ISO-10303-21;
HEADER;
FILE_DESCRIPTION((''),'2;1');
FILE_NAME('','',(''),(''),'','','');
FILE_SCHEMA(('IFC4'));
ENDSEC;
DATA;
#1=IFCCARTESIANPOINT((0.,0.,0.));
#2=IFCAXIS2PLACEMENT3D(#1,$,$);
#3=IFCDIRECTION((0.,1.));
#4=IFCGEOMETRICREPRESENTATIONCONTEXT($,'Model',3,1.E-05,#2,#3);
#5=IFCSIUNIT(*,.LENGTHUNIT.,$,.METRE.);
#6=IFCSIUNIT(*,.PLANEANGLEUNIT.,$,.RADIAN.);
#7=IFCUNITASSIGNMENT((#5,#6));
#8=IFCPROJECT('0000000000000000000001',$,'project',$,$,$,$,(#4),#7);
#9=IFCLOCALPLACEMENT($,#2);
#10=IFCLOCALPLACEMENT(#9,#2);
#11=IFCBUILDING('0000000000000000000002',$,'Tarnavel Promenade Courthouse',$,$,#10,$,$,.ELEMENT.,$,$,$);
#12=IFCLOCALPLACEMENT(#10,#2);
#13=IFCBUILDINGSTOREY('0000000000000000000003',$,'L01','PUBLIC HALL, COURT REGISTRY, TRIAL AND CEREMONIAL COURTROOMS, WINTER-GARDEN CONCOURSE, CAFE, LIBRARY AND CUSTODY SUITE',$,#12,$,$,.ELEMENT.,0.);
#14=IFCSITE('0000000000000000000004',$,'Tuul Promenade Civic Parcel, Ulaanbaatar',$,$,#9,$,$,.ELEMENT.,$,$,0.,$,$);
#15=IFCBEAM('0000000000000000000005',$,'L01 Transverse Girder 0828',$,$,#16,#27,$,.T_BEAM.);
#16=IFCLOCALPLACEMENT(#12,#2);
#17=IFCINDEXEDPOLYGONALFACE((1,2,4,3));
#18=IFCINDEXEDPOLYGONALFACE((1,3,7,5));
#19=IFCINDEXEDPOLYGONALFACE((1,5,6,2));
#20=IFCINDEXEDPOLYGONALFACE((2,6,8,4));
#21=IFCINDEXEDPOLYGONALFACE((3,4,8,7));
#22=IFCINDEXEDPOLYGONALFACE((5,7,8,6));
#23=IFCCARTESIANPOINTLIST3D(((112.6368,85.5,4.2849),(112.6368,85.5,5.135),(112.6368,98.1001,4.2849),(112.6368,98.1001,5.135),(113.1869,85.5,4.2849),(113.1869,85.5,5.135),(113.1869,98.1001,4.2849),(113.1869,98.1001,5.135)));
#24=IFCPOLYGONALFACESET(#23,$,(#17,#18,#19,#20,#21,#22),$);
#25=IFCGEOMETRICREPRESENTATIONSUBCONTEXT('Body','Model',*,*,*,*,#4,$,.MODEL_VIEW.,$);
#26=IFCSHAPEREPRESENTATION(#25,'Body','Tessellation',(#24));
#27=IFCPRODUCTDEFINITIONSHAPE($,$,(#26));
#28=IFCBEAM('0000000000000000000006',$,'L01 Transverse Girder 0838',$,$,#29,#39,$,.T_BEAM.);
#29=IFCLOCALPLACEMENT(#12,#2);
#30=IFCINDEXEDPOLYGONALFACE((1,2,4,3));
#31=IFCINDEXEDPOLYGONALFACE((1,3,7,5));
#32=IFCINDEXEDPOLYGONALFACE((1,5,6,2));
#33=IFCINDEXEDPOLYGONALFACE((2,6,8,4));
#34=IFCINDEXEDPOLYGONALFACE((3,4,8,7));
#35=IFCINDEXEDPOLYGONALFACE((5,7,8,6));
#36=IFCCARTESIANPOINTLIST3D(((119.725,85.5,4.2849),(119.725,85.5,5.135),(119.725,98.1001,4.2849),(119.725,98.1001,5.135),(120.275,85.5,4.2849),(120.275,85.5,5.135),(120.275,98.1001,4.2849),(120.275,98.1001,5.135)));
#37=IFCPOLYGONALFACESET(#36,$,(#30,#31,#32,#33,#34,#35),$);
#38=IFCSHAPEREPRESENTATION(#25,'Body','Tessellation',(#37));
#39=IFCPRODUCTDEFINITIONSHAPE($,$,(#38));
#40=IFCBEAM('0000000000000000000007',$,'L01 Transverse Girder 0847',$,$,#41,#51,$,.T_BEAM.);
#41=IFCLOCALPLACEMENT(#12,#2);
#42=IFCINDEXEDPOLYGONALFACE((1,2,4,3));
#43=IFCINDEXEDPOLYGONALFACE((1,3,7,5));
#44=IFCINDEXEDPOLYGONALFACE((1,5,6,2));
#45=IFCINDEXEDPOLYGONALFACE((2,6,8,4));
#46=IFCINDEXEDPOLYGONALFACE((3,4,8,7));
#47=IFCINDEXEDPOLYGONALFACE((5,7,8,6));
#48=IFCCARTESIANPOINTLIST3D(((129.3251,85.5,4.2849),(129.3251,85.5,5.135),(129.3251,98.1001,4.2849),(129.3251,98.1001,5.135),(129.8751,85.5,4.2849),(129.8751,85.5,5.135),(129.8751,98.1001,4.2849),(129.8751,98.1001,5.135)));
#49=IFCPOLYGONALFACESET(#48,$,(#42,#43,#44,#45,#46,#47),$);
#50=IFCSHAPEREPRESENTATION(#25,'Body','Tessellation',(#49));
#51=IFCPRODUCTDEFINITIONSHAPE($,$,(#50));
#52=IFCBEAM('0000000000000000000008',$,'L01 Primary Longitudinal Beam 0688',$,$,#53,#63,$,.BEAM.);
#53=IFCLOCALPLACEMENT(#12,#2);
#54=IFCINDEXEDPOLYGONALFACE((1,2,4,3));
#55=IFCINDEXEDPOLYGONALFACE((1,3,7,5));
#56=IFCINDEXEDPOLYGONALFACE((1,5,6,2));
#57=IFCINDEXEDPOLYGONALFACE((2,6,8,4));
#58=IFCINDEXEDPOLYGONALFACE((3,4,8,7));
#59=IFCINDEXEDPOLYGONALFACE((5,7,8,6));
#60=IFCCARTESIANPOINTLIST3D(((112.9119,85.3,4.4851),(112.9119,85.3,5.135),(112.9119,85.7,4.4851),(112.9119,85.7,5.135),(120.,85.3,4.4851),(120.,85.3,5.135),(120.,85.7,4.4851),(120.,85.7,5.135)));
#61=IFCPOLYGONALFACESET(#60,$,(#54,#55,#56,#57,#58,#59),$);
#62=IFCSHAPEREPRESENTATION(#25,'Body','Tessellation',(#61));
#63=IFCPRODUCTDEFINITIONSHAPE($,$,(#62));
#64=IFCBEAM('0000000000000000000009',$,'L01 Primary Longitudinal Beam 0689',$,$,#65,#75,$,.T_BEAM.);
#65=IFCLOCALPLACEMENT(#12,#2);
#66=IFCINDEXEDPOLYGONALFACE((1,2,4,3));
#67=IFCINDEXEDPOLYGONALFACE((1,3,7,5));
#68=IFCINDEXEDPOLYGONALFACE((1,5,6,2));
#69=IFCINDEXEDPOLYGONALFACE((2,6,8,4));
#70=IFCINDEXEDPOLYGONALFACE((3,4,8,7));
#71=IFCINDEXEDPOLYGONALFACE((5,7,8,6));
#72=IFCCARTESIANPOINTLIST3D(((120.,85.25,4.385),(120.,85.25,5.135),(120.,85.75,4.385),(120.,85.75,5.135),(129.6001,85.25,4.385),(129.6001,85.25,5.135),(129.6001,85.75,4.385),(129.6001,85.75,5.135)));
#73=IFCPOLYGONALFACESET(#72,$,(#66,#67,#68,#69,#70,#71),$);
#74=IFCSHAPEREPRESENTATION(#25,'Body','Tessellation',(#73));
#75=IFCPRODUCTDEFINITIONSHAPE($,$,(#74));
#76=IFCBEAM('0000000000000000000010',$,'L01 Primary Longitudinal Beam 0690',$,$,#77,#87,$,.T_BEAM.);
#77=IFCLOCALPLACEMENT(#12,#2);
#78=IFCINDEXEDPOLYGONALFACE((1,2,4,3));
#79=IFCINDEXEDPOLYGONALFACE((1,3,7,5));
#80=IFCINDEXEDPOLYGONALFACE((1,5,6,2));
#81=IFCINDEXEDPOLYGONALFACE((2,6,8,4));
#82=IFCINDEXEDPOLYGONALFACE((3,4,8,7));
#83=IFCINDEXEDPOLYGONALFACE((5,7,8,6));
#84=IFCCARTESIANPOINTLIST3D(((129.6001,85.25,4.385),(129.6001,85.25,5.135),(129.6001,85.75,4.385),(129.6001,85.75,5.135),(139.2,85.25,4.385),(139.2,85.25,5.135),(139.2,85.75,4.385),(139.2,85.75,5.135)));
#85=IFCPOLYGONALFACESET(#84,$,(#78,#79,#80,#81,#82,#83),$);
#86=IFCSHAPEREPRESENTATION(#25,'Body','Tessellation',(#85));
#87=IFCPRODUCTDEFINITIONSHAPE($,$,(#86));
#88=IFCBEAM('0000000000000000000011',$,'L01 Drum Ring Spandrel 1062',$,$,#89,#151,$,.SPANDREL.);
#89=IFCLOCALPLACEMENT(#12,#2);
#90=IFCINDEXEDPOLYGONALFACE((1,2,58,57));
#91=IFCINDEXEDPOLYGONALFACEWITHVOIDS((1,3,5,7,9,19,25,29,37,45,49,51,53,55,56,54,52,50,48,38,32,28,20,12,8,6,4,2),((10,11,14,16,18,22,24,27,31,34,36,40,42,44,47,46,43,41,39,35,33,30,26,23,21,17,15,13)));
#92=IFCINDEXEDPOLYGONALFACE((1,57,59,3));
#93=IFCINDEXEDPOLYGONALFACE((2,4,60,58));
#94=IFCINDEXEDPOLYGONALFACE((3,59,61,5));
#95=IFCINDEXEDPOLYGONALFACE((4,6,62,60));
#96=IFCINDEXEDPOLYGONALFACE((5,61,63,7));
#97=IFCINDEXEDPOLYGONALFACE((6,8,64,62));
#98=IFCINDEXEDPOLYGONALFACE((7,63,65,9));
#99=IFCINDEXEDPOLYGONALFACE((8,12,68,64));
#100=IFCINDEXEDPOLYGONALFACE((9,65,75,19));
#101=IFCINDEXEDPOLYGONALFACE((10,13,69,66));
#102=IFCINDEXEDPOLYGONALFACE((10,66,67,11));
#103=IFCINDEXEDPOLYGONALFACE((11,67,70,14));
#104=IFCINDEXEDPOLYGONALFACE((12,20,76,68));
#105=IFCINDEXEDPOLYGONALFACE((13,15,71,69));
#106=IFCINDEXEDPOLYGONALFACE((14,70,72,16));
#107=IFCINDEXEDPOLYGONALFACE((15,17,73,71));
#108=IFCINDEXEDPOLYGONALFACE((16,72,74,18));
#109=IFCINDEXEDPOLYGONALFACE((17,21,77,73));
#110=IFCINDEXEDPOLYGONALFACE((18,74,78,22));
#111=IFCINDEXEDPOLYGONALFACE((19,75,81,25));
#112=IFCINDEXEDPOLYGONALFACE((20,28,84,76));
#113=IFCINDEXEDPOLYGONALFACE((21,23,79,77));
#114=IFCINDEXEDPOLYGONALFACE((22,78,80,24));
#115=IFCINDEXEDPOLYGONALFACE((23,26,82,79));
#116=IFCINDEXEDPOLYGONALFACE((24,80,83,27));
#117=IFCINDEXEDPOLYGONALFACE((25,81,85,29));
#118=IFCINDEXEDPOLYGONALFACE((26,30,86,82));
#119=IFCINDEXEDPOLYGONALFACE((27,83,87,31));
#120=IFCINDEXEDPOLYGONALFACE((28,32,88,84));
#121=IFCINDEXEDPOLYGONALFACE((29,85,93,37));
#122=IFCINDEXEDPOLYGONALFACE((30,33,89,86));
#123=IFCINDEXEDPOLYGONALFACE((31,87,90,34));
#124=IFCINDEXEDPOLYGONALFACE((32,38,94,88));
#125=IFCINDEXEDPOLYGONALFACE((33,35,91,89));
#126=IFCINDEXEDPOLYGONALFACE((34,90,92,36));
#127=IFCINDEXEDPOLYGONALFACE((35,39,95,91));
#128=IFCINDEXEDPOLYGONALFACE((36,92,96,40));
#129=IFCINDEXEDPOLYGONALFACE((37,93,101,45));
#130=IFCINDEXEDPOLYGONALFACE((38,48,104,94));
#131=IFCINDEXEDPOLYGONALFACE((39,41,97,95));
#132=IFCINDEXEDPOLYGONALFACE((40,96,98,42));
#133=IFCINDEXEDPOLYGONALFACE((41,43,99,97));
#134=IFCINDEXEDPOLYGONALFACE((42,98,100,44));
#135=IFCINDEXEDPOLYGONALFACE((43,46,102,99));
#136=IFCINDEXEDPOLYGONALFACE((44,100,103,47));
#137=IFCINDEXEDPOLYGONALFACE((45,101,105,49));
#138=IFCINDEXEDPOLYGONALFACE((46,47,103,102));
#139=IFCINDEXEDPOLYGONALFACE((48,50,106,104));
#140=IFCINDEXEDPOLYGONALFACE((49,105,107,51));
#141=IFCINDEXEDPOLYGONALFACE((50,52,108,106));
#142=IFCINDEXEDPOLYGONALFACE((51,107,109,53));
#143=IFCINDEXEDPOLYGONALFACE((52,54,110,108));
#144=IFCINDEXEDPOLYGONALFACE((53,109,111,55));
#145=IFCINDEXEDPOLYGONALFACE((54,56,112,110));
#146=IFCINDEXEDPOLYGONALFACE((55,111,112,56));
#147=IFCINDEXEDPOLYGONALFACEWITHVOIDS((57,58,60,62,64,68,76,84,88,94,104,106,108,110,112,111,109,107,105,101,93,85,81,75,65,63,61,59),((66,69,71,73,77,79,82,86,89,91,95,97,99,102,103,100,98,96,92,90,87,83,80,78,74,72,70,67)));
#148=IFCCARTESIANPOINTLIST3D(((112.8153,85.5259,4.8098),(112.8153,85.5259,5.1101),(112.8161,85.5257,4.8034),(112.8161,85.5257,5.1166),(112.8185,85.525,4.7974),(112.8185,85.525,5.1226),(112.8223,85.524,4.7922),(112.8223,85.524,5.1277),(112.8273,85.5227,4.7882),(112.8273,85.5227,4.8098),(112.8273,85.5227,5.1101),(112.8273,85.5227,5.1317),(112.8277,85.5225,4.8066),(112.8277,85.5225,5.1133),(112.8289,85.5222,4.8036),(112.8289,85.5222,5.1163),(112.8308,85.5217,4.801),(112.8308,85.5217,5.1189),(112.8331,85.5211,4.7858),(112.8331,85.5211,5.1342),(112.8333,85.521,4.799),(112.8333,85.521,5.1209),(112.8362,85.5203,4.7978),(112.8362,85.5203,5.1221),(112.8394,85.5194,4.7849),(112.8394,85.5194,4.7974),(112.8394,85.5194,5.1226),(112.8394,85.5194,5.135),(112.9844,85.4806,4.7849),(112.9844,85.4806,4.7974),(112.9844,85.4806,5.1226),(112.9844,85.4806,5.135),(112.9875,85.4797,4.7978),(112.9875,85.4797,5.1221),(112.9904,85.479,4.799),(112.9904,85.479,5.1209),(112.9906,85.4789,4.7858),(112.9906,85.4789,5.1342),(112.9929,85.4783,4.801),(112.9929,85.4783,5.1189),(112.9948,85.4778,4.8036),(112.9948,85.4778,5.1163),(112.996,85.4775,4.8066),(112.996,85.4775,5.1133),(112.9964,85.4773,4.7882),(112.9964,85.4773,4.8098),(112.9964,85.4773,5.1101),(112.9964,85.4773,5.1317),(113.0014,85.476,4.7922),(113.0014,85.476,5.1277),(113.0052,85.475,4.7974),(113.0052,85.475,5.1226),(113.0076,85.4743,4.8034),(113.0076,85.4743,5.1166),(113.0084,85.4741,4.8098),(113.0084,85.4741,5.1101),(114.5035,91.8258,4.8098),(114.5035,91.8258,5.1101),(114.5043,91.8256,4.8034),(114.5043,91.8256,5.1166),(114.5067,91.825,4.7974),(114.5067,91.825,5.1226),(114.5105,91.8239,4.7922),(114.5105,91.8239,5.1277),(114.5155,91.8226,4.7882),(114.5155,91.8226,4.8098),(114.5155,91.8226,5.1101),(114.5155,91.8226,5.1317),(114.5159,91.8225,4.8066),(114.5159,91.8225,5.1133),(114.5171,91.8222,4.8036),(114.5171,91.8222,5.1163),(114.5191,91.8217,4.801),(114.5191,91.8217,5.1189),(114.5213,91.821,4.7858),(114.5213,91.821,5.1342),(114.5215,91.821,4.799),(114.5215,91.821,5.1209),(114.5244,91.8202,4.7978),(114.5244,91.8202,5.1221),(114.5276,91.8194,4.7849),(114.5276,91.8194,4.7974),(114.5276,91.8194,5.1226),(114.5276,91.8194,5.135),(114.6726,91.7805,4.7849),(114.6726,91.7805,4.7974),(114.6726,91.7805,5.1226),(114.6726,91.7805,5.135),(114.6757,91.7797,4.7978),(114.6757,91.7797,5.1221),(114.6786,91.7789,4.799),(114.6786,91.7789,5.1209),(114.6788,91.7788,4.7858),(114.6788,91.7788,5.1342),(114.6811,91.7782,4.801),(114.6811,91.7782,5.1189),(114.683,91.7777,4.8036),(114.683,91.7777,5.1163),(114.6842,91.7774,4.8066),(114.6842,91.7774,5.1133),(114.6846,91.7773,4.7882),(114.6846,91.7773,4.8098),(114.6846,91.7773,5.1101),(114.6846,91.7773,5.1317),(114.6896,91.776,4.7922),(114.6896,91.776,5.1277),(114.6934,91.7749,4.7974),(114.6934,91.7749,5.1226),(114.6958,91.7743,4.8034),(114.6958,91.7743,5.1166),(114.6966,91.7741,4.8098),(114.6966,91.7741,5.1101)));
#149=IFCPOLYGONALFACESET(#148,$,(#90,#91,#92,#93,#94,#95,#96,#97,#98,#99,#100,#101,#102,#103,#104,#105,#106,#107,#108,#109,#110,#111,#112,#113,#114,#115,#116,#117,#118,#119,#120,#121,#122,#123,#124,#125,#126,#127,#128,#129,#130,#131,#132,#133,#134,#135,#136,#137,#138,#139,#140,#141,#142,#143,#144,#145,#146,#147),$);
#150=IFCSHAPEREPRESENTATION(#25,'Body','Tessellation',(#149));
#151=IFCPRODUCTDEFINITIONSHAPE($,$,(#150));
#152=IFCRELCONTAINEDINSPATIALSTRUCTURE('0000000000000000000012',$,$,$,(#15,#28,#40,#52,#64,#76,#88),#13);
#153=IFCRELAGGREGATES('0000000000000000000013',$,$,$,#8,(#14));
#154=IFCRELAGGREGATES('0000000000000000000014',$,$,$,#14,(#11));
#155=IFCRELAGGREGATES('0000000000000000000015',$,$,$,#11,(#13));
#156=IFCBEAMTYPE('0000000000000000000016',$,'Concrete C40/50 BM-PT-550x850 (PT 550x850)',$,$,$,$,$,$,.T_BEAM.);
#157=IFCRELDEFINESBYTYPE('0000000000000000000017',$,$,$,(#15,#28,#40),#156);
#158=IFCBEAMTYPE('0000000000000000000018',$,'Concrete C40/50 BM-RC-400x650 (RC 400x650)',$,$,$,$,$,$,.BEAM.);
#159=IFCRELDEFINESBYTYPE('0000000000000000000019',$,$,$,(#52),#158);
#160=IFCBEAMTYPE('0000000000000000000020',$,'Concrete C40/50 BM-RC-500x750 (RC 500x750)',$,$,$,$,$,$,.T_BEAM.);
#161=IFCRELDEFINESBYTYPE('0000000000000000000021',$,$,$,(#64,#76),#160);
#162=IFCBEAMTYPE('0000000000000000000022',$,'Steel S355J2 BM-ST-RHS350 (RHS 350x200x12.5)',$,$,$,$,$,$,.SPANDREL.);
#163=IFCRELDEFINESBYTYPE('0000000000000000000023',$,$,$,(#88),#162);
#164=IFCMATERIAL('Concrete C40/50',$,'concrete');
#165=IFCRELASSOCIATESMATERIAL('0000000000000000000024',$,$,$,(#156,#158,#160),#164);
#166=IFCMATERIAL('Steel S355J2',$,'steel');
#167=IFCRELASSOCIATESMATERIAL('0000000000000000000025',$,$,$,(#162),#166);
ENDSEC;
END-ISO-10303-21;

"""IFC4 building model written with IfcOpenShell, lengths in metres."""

from ifc_helpers import new_model, si_unit, direction, frame, origin, origin_2d, place, context, subcontext, project, spatial, rectangle, hollow_rectangle, extrude, material, material_profile, profile_set, type_object, element, save


model = new_model("IFC4")

# Units and contexts
model_context = context("Model", 3, precision=1e-05, world=origin(), true_north=direction((0.0, 1.0)))
body_context = subcontext(model_context, "Body", "Model", "MODEL_VIEW")
ifc_project = project(units=[si_unit("LENGTHUNIT", "METRE"), si_unit("PLANEANGLEUNIT", "RADIAN")], contexts=[model_context])

# Site, building, storey
site_placement = place(None, origin())
site = spatial("IfcSite", under=ifc_project, at=site_placement, Name="Tuul Promenade Civic Parcel, Ulaanbaatar", CompositionType="ELEMENT", RefElevation=0.0)
building_placement = place(site_placement, origin())
building = spatial("IfcBuilding", under=site, at=building_placement, Name="Tarnavel Promenade Courthouse", CompositionType="ELEMENT")
storey_placement = place(building_placement, origin())
storey = spatial("IfcBuildingStorey", under=building, at=storey_placement, Name="L01", Description="PUBLIC HALL, COURT REGISTRY, TRIAL AND CEREMONIAL COURTROOMS, WINTER-GARDEN CONCOURSE, CAFE, LIBRARY AND CUSTODY SUITE", CompositionType="ELEMENT", Elevation=0.0)

# Shared definitions
ifc_material_1 = material(Name="Concrete C40/50", Category="concrete")

# Beams
ifc_material_profile_1 = material_profile(ifc_material_1, rectangle(XDim=0.55, YDim=0.8501, at=origin_2d()), Name="PT 550x850")
ifc_profile_set_1 = profile_set([ifc_material_profile_1], Name="Concrete C40/50")
beam_type_1 = type_object("IfcBeamType", Name="Concrete C40/50 BM-PT-550x850 (PT 550x850)", PredefinedType="T_BEAM", material=ifc_profile_set_1)
for number, where, z_axis, x_axis, name in (
    (1, (112.9119, 85.5, 4.71), (0.0, 1.0, 0.0), (-1.0, 0.0, 0.0), "L01 Transverse Girder 0828"),
    (2, (120.0, 85.5, 4.71), (0.0, 1.0, 0.0), (-1.0, 0.0, 0.0), "L01 Transverse Girder 0838"),
    (3, (129.6001, 85.5, 4.71), (0.0, 1.0, 0.0), (-1.0, 0.0, 0.0), "L01 Transverse Girder 0847"),
):
    element("IfcBeam", number, at=place(storey_placement, frame(where, z_axis=z_axis, x_axis=x_axis)), inside=storey, type_object=beam_type_1, Name=name, PredefinedType="T_BEAM", context=body_context, shape_type="SweptSolid", body=[
        extrude(rectangle(XDim=0.55, YDim=0.8501, at=origin_2d()), origin(), (0.0, 0.0, 1.0), 12.6001),
    ])
ifc_material_profile_2 = material_profile(ifc_material_1, rectangle(XDim=0.3999, YDim=0.6499, at=origin_2d()), Name="RC 400x650")
ifc_profile_set_2 = profile_set([ifc_material_profile_2], Name="Concrete C40/50")
beam_type_2 = type_object("IfcBeamType", Name="Concrete C40/50 BM-RC-400x650 (RC 400x650)", PredefinedType="BEAM", material=ifc_profile_set_2)
beam_1_placement = place(storey_placement, frame((112.9119, 85.5, 4.8101), z_axis=(1.0, 0.0, 0.0), x_axis=(0.0, 1.0, 0.0)))
element("IfcBeam", 4, at=beam_1_placement, inside=storey, type_object=beam_type_2, Name="L01 Primary Longitudinal Beam 0688", PredefinedType="BEAM", context=body_context, shape_type="SweptSolid", body=[
    extrude(rectangle(XDim=0.3999, YDim=0.6499, at=origin_2d()), origin(), (0.0, 0.0, 1.0), 7.0881),
])
ifc_material_profile_3 = material_profile(ifc_material_1, rectangle(XDim=0.5, YDim=0.75, at=origin_2d()), Name="RC 500x750")
ifc_profile_set_3 = profile_set([ifc_material_profile_3], Name="Concrete C40/50")
beam_type_3 = type_object("IfcBeamType", Name="Concrete C40/50 BM-RC-500x750 (RC 500x750)", PredefinedType="T_BEAM", material=ifc_profile_set_3)
beam_2_placement = place(storey_placement, frame((120.0, 85.5, 4.76), z_axis=(1.0, 0.0, 0.0), x_axis=(0.0, 1.0, 0.0)))
element("IfcBeam", 5, at=beam_2_placement, inside=storey, type_object=beam_type_3, Name="L01 Primary Longitudinal Beam 0689", PredefinedType="T_BEAM", context=body_context, shape_type="SweptSolid", body=[
    extrude(rectangle(XDim=0.5, YDim=0.75, at=origin_2d()), origin(), (0.0, 0.0, 1.0), 9.6001),
])
beam_3_placement = place(storey_placement, frame((129.6001, 85.5, 4.76), z_axis=(1.0, 0.0, 0.0), x_axis=(0.0, 1.0, 0.0)))
element("IfcBeam", 6, at=beam_3_placement, inside=storey, type_object=beam_type_3, Name="L01 Primary Longitudinal Beam 0690", PredefinedType="T_BEAM", context=body_context, shape_type="SweptSolid", body=[
    extrude(rectangle(XDim=0.5, YDim=0.75, at=origin_2d()), origin(), (0.0, 0.0, 1.0), 9.5999),
])
ifc_material_2 = material(Name="Steel S355J2", Category="steel")
ifc_material_profile_4 = material_profile(ifc_material_2, hollow_rectangle(XDim=0.2, YDim=0.3501, WallThickness=0.0125, InnerFilletRadius=0.0125, OuterFilletRadius=0.0249, at=origin_2d()), Name="RHS 350x200x12.5")
ifc_profile_set_4 = profile_set([ifc_material_profile_4], Name="Steel S355J2")
beam_type_4 = type_object("IfcBeamType", Name="Steel S355J2 BM-ST-RHS350 (RHS 350x200x12.5)", PredefinedType="SPANDREL", material=ifc_profile_set_4)
for number, where, z_axis, x_axis, name in (
    (7, (112.9119, 85.5, 4.96), (0.258839, 0.96592, 0.0), (-0.96592, 0.258839, 0.0), "L01 Drum Ring Spandrel 1062"),
):
    element("IfcBeam", number, at=place(storey_placement, frame(where, z_axis=z_axis, x_axis=x_axis)), inside=storey, type_object=beam_type_4, Name=name, PredefinedType="SPANDREL", context=body_context, shape_type="SweptSolid", body=[
        extrude(hollow_rectangle(XDim=0.2, YDim=0.3501, WallThickness=0.0125, InnerFilletRadius=0.0125, OuterFilletRadius=0.0249, at=origin_2d()), origin(), (0.0, 0.0, 1.0), 6.5222),
    ])

save(model, "model.ifc")
